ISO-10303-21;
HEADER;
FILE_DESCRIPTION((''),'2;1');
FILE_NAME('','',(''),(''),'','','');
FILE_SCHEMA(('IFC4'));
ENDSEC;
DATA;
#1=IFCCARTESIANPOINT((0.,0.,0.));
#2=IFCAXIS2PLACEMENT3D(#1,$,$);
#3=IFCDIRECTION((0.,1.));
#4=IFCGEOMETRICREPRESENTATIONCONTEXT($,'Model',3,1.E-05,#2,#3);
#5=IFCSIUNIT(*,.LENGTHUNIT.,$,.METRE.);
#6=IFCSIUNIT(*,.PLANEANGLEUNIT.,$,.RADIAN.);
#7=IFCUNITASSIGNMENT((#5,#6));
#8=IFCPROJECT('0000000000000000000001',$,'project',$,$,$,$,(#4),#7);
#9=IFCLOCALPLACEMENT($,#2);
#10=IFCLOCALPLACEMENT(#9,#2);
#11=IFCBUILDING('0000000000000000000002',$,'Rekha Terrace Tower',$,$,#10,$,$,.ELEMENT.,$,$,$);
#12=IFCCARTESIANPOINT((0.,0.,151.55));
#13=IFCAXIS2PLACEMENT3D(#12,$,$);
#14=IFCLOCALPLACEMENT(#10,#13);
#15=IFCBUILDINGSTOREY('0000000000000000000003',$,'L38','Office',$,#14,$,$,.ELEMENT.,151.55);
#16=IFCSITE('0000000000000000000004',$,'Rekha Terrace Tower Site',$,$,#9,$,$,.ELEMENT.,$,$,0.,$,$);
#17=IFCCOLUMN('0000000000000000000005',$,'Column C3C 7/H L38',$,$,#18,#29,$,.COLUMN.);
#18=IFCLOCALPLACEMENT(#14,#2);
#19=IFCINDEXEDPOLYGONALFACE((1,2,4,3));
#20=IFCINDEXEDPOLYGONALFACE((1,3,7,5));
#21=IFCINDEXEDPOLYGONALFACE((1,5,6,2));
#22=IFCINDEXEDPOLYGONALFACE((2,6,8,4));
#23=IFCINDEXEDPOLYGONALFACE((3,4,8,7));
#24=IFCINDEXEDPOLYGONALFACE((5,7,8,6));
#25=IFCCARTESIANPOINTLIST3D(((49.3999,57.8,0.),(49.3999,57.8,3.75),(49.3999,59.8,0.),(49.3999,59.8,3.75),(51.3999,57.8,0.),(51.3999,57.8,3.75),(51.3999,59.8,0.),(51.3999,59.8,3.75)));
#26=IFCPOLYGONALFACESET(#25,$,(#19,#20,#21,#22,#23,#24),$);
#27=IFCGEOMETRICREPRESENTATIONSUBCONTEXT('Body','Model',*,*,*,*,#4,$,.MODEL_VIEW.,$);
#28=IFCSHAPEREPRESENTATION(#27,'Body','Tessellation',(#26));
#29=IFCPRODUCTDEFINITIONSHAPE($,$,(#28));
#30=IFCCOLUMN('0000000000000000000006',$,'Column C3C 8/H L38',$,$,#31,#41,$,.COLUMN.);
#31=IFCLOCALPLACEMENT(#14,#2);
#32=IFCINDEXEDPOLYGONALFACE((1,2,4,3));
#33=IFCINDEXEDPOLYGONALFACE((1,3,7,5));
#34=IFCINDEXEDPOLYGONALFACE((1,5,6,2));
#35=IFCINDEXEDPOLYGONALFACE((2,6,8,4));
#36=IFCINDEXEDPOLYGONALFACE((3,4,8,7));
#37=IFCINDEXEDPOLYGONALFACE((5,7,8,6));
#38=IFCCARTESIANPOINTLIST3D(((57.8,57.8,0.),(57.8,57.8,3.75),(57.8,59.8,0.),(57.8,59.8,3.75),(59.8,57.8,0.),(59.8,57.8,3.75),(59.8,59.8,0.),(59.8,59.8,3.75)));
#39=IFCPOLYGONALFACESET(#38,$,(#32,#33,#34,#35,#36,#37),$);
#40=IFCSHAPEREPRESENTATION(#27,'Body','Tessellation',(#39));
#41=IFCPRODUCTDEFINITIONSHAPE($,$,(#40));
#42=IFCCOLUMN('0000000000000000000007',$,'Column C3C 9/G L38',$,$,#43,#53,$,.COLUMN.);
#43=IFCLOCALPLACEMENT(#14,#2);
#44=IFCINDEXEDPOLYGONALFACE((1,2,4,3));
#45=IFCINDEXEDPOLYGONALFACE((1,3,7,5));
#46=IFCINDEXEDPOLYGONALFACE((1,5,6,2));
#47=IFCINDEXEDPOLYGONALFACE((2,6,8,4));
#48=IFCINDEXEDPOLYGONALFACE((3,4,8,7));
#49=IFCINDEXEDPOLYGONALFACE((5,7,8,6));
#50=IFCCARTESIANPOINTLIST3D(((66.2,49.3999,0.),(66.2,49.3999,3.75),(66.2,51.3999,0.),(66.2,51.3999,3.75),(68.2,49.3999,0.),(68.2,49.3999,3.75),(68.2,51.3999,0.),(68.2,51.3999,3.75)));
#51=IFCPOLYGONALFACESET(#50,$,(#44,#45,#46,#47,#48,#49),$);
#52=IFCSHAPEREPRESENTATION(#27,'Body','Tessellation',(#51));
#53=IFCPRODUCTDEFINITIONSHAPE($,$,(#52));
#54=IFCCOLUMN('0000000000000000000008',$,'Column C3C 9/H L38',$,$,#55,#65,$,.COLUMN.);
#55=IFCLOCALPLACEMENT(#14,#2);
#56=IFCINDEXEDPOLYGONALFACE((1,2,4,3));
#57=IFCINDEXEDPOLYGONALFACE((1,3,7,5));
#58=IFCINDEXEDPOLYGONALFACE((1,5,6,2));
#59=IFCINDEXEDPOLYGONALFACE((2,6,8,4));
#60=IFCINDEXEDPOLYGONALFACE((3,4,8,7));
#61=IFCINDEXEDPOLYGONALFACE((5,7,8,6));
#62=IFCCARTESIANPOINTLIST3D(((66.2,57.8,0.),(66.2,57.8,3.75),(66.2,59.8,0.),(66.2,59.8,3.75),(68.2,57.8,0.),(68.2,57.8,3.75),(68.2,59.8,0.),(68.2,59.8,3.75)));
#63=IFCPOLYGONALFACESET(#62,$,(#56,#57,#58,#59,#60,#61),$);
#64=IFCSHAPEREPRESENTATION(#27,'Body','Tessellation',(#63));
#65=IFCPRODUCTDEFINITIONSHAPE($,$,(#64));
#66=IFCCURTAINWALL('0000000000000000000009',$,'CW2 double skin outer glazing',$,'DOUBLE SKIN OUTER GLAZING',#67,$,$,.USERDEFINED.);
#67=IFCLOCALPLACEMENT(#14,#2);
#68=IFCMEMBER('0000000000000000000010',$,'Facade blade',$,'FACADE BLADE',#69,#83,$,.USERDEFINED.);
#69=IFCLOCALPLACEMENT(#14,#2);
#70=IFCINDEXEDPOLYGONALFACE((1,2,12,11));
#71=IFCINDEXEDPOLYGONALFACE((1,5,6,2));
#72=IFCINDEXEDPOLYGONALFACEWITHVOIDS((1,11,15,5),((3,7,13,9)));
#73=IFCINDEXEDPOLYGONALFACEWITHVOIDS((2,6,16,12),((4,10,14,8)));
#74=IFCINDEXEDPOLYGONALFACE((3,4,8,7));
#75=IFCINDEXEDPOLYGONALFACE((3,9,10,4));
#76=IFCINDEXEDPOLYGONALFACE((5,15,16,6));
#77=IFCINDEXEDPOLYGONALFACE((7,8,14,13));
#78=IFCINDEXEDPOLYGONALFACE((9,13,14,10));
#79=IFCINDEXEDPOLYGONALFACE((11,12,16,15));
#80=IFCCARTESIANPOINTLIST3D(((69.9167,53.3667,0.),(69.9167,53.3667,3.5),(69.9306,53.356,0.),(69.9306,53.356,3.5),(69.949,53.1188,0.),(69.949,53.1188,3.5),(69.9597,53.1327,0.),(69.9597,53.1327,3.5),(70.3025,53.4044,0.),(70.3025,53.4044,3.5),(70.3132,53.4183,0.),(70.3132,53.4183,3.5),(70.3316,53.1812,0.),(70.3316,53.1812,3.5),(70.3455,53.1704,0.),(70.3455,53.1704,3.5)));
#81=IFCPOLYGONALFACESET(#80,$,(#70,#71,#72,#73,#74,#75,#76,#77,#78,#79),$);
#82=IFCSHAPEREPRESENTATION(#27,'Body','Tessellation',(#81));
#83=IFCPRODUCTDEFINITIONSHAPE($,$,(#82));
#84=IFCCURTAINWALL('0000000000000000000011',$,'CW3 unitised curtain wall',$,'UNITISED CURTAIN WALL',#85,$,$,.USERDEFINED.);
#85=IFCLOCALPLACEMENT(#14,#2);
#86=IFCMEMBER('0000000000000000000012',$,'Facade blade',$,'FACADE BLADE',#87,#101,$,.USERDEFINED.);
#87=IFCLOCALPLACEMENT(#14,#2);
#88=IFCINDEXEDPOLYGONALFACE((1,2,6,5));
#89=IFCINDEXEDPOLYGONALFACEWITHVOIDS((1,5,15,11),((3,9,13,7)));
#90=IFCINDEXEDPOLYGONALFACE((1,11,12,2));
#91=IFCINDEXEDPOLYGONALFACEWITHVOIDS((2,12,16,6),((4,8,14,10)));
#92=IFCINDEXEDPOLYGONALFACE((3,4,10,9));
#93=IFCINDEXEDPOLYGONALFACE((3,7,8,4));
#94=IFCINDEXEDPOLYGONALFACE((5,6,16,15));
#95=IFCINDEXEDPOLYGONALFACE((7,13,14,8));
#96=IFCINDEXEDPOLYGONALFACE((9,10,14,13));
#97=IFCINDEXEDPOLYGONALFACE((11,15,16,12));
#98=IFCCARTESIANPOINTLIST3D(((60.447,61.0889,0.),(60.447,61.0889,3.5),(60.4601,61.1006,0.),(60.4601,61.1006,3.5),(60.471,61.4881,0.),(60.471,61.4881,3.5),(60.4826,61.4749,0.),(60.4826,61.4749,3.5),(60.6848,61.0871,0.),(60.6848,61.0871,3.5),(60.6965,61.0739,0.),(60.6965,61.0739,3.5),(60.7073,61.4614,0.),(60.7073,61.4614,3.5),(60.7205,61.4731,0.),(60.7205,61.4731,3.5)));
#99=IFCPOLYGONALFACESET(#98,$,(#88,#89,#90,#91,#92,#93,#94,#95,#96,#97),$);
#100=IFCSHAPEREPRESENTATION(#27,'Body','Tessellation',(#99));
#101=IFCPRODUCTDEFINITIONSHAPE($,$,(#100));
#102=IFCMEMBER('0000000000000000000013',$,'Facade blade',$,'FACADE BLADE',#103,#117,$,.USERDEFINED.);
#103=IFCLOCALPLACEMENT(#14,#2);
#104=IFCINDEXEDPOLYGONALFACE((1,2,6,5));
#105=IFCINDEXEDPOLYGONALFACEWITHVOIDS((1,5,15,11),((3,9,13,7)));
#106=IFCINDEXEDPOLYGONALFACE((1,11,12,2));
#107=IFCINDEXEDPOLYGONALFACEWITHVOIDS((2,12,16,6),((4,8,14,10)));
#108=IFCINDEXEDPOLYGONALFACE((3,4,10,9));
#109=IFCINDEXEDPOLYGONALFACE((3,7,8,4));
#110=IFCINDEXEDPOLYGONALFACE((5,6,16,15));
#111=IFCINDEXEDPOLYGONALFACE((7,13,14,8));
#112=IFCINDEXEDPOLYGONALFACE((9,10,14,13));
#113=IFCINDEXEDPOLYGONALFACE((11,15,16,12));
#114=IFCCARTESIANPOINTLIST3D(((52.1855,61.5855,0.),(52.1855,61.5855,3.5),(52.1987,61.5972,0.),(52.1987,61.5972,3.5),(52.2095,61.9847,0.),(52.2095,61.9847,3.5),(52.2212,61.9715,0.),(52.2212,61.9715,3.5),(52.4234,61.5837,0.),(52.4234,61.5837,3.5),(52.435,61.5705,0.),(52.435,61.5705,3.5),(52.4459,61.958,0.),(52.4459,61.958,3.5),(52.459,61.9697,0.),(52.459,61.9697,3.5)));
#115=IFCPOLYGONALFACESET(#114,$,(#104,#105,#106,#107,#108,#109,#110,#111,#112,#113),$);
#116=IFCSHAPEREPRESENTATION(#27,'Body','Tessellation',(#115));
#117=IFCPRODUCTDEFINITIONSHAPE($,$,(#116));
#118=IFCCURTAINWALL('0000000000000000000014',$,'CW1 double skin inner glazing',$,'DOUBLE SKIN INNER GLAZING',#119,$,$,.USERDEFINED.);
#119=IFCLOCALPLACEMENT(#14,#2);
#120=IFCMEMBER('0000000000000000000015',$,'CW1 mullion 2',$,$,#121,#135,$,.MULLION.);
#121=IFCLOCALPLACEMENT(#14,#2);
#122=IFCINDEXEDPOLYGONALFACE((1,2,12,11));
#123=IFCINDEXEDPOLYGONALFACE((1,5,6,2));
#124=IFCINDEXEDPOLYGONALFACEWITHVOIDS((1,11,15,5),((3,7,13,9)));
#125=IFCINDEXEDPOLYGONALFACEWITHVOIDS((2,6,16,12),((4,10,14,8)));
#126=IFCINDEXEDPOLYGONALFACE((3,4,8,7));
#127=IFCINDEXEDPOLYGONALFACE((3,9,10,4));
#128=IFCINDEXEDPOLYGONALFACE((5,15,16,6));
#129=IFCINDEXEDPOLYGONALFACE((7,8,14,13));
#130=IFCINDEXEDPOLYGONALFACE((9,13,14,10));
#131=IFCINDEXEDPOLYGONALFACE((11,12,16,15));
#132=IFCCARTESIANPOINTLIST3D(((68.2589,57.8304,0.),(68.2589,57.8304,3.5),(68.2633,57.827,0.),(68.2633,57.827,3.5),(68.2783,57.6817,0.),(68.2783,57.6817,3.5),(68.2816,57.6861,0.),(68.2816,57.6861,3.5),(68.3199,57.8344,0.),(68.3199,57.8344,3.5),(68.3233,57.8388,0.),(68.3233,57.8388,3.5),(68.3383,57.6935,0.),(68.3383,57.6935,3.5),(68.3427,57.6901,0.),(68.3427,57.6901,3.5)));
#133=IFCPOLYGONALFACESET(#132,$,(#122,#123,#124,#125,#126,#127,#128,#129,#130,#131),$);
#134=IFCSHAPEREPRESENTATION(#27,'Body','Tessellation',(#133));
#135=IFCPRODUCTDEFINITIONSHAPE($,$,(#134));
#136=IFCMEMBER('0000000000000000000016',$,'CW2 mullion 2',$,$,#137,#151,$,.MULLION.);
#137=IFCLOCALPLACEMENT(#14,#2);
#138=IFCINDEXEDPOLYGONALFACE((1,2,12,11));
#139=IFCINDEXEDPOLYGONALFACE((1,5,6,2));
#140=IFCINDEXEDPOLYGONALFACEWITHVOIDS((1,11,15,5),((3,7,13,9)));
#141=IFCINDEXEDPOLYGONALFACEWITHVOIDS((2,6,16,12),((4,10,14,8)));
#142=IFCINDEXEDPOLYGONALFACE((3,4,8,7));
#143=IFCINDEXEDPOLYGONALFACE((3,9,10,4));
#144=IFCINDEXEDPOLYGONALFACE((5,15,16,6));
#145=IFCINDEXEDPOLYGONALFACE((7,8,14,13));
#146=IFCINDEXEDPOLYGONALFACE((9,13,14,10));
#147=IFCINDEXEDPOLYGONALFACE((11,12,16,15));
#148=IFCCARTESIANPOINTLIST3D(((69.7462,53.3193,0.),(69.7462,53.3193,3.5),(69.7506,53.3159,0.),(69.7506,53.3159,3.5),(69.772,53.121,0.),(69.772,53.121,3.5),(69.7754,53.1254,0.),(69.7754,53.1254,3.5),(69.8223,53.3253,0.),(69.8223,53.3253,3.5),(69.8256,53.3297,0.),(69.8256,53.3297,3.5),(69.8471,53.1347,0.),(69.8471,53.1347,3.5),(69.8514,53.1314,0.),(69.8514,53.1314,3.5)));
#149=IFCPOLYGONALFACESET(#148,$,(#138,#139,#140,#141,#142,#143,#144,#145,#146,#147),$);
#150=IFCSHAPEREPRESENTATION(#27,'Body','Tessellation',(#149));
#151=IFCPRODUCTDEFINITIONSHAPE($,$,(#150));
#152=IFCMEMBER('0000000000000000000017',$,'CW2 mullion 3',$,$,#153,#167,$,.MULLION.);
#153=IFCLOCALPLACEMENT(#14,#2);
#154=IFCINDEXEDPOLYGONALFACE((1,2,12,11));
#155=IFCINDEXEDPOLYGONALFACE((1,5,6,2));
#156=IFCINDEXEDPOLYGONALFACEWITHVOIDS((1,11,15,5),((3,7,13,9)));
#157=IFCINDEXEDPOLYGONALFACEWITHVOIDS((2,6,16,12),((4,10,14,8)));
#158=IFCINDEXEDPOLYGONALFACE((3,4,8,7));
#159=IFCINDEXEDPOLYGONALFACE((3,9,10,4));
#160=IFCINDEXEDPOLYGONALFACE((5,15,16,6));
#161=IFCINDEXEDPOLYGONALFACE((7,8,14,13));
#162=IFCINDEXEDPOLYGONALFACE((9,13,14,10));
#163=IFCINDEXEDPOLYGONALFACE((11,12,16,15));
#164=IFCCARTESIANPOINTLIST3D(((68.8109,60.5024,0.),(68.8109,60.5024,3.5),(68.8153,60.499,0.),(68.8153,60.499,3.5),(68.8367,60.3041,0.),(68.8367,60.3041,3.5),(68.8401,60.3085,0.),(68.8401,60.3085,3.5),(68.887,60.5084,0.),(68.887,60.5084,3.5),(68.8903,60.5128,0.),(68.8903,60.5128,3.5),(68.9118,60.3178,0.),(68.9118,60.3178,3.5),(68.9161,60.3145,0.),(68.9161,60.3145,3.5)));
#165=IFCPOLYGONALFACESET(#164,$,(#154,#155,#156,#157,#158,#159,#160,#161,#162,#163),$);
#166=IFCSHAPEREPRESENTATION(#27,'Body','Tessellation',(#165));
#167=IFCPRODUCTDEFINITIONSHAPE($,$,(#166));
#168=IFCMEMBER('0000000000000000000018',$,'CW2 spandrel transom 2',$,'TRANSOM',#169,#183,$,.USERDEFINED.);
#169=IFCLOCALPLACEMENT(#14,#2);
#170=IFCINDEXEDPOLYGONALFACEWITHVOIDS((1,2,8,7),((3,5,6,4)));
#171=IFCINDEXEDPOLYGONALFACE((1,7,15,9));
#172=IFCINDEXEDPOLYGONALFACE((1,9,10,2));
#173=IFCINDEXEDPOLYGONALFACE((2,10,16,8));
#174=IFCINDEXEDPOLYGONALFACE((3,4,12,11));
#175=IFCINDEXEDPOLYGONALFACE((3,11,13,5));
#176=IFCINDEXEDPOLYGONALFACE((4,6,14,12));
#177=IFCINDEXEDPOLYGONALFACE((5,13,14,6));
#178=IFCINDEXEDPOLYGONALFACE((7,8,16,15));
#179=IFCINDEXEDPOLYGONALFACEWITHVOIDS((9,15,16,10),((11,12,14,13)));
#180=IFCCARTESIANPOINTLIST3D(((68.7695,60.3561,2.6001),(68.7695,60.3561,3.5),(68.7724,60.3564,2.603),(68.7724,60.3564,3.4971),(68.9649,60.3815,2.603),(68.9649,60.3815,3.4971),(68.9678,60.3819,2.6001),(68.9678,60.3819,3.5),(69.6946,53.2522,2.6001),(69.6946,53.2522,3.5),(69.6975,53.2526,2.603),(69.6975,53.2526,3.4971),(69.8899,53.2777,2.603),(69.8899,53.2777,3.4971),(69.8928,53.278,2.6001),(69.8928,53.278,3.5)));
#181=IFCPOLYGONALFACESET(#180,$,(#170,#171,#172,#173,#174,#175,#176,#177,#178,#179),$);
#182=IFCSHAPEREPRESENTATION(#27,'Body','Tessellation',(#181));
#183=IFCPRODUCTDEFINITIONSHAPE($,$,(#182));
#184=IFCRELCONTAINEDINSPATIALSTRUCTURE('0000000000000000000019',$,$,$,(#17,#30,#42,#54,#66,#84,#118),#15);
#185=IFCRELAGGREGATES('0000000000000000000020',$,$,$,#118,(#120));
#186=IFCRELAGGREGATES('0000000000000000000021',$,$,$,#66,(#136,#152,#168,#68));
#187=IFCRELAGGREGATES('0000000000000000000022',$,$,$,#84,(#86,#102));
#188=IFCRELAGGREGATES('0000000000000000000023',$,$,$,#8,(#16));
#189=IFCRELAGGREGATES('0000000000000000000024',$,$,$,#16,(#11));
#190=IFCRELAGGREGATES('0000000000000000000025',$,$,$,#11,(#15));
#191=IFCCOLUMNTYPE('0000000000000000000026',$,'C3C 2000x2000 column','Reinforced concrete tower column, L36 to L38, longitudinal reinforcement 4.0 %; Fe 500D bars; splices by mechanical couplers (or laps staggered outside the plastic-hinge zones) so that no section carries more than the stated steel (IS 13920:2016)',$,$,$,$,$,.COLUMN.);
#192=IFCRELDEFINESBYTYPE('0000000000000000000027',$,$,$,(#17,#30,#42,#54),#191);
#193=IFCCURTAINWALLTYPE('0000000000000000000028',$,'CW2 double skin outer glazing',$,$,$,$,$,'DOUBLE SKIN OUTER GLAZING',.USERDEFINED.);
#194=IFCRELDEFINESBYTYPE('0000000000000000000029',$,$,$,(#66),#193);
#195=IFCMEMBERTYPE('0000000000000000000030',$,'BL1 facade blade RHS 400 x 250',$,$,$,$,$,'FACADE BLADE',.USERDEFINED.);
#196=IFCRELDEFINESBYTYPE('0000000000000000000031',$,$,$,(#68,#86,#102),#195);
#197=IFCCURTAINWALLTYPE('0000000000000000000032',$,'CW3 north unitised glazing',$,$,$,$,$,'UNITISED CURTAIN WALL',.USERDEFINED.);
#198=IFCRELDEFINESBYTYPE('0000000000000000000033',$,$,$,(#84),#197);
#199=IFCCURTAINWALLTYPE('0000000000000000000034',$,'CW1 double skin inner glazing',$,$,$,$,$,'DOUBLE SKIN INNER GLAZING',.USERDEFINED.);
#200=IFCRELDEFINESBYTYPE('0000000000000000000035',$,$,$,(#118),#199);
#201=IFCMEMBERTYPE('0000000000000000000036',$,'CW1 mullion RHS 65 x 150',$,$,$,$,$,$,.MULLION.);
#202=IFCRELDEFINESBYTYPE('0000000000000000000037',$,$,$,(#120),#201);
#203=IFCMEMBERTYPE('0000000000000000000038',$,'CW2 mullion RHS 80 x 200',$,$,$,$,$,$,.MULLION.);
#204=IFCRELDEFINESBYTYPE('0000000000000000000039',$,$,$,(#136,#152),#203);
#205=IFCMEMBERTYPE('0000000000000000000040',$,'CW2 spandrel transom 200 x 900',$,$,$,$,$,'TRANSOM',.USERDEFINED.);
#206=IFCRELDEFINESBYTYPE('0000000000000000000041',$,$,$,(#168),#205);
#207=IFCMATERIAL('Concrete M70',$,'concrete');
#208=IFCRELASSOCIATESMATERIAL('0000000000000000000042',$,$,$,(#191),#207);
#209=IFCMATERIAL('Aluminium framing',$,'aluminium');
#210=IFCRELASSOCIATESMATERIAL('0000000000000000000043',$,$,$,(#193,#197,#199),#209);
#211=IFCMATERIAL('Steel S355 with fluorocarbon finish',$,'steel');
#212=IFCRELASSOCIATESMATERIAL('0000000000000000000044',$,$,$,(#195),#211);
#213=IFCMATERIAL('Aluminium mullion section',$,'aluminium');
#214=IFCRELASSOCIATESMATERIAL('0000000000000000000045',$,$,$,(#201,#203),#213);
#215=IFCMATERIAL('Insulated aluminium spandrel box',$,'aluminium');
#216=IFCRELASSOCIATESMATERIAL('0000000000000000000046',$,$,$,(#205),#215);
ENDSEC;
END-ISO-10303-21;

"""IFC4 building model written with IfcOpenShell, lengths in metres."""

from ifc_helpers import new_model, si_unit, direction, frame, origin, origin_2d, place, context, subcontext, project, spatial, rectangle, hollow_rectangle, extrude, material, material_profile, profile_set, type_object, element, aggregate, save


model = new_model("IFC4")

# Units and contexts
model_context = context("Model", 3, precision=1e-05, world=origin(), true_north=direction((0.0, 1.0)))
body_context = subcontext(model_context, "Body", "Model", "MODEL_VIEW")
ifc_project = project(units=[si_unit("LENGTHUNIT", "METRE"), si_unit("PLANEANGLEUNIT", "RADIAN")], contexts=[model_context])

# Site, building, storey
site_placement = place(None, origin())
site = spatial("IfcSite", under=ifc_project, at=site_placement, Name="Rekha Terrace Tower Site", CompositionType="ELEMENT", RefElevation=0.0)
building_placement = place(site_placement, origin())
building = spatial("IfcBuilding", under=site, at=building_placement, Name="Rekha Terrace Tower", CompositionType="ELEMENT")
storey_placement = place(building_placement, frame((0.0, 0.0, 151.55)))
storey = spatial("IfcBuildingStorey", under=building, at=storey_placement, Name="L38", Description="Office", CompositionType="ELEMENT", Elevation=151.55)

# Columns
ifc_material_1 = material(Name="Concrete M70", Category="concrete")
ifc_material_profile_1 = material_profile(ifc_material_1, rectangle(XDim=2.0, YDim=2.0, at=origin_2d()), Name="RC 2000x2000")
ifc_profile_set_1 = profile_set([ifc_material_profile_1], Name="Concrete M70")
column_type = type_object("IfcColumnType", Name="C3C 2000x2000 column", Description="Reinforced concrete tower column, L36 to L38, longitudinal reinforcement 4.0 %; Fe 500D bars; splices by mechanical couplers (or laps staggered outside the plastic-hinge zones) so that no section carries more than the stated steel (IS 13920:2016)", PredefinedType="COLUMN", material=ifc_profile_set_1)
for number, where, z_axis, x_axis, name in (
    (1, (50.3999, 58.8, 0.0), (0.0, 0.0, 1.0), (1.0, 0.0, 0.0), "Column C3C 7/H L38"),
    (2, (58.8, 58.8, 0.0), (0.0, 0.0, 1.0), (1.0, 0.0, 0.0), "Column C3C 8/H L38"),
    (3, (67.2, 50.3999, 0.0), (0.0, 0.0, 1.0), (1.0, 0.0, 0.0), "Column C3C 9/G L38"),
    (4, (67.2, 58.8, 0.0), (0.0, 0.0, 1.0), (1.0, 0.0, 0.0), "Column C3C 9/H L38"),
):
    element("IfcColumn", number, at=place(storey_placement, frame(where, z_axis=z_axis, x_axis=x_axis)), inside=storey, type_object=column_type, Name=name, PredefinedType="COLUMN", context=body_context, shape_type="SweptSolid", body=[
        extrude(rectangle(XDim=2.0, YDim=2.0, at=origin_2d()), origin(), (0.0, 0.0, 1.0), 3.75),
    ])

# Curtain wall, member
ifc_material_2 = material(Name="Aluminium framing", Category="aluminium")
curtain_wall_type_1 = type_object("IfcCurtainWallType", Name="CW2 double skin outer glazing", ElementType="DOUBLE SKIN OUTER GLAZING", PredefinedType="USERDEFINED", material=ifc_material_2)
curtain_wall_1_placement = place(storey_placement, origin())
curtain_wall_1 = element("IfcCurtainWall", 5, at=curtain_wall_1_placement, inside=storey, type_object=curtain_wall_type_1, Name="CW2 double skin outer glazing", ObjectType="DOUBLE SKIN OUTER GLAZING", PredefinedType="USERDEFINED")
ifc_material_3 = material(Name="Steel S355 with fluorocarbon finish", Category="steel")
ifc_material_profile_2 = material_profile(ifc_material_3, hollow_rectangle(XDim=0.25, YDim=0.3999, WallThickness=0.0125, at=origin_2d()), Name="RHS400x250x12.5")
ifc_profile_set_2 = profile_set([ifc_material_profile_2], Name="Steel S355 with fluorocarbon finish")
member_type_1 = type_object("IfcMemberType", Name="BL1 facade blade RHS 400 x 250", ElementType="FACADE BLADE", PredefinedType="USERDEFINED", material=ifc_profile_set_2)
member_1_placement = place(storey_placement, frame((70.1311, 53.2686, 0.0), z_axis=(0.0, 0.0, 1.0), x_axis=(-0.129119, 0.991629, 0.0)))
member_1 = element("IfcMember", 6, at=member_1_placement, type_object=member_type_1, Name="Facade blade", ObjectType="FACADE BLADE", PredefinedType="USERDEFINED", context=body_context, shape_type="SweptSolid", body=[
    extrude(hollow_rectangle(XDim=0.25, YDim=0.3999, WallThickness=0.0125, at=origin_2d()), origin(), (0.0, 0.0, 1.0), 3.5),
])

# Curtain wall, members
curtain_wall_type_2 = type_object("IfcCurtainWallType", Name="CW3 north unitised glazing", ElementType="UNITISED CURTAIN WALL", PredefinedType="USERDEFINED", material=ifc_material_2)
curtain_wall_2_placement = place(storey_placement, origin())
curtain_wall_2 = element("IfcCurtainWall", 7, at=curtain_wall_2_placement, inside=storey, type_object=curtain_wall_type_2, Name="CW3 unitised curtain wall", ObjectType="UNITISED CURTAIN WALL", PredefinedType="USERDEFINED")
member_2_placement = place(storey_placement, frame((60.5837, 61.281, 0.0), z_axis=(0.0, 0.0, 1.0), x_axis=(-0.998199, 0.059988, 0.0)))
member_2 = element("IfcMember", 8, at=member_2_placement, type_object=member_type_1, Name="Facade blade", ObjectType="FACADE BLADE", PredefinedType="USERDEFINED", context=body_context, shape_type="SweptSolid", body=[
    extrude(hollow_rectangle(XDim=0.25, YDim=0.3999, WallThickness=0.0125, at=origin_2d()), origin(), (0.0, 0.0, 1.0), 3.5),
])
member_3_placement = place(storey_placement, frame((52.3223, 61.7776, 0.0), z_axis=(0.0, 0.0, 1.0), x_axis=(-0.998199, 0.059988, 0.0)))
member_3 = element("IfcMember", 9, at=member_3_placement, type_object=member_type_1, Name="Facade blade", ObjectType="FACADE BLADE", PredefinedType="USERDEFINED", context=body_context, shape_type="SweptSolid", body=[
    extrude(hollow_rectangle(XDim=0.25, YDim=0.3999, WallThickness=0.0125, at=origin_2d()), origin(), (0.0, 0.0, 1.0), 3.5),
])

# Curtain wall, member
curtain_wall_type_3 = type_object("IfcCurtainWallType", Name="CW1 double skin inner glazing", ElementType="DOUBLE SKIN INNER GLAZING", PredefinedType="USERDEFINED", material=ifc_material_2)
curtain_wall_3_placement = place(storey_placement, origin())
curtain_wall_3 = element("IfcCurtainWall", 10, at=curtain_wall_3_placement, inside=storey, type_object=curtain_wall_type_3, Name="CW1 double skin inner glazing", ObjectType="DOUBLE SKIN INNER GLAZING", PredefinedType="USERDEFINED")
ifc_material_4 = material(Name="Aluminium mullion section", Category="aluminium")
ifc_material_profile_3 = material_profile(ifc_material_4, hollow_rectangle(XDim=0.0649, YDim=0.1499, WallThickness=0.0039, at=origin_2d()), Name="AL RHS 65x150")
ifc_profile_set_3 = profile_set([ifc_material_profile_3], Name="Aluminium mullion section")
member_type_2 = type_object("IfcMemberType", Name="CW1 mullion RHS 65 x 150", PredefinedType="MULLION", material=ifc_profile_set_3)
member_4_placement = place(storey_placement, frame((68.3008, 57.7603, 0.0), z_axis=(0.0, 0.0, 1.0), x_axis=(-0.991629, -0.129118, 0.0)))
member_4 = element("IfcMember", 11, at=member_4_placement, type_object=member_type_2, Name="CW1 mullion 2", PredefinedType="MULLION", context=body_context, shape_type="SweptSolid", body=[
    extrude(hollow_rectangle(XDim=0.0649, YDim=0.1499, WallThickness=0.0039, at=origin_2d()), origin(), (0.0, 0.0, 1.0), 3.5),
])

# Members
ifc_material_profile_4 = material_profile(ifc_material_4, hollow_rectangle(XDim=0.0801, YDim=0.2, WallThickness=0.0039, at=origin_2d()), Name="AL RHS 80x200")
ifc_profile_set_4 = profile_set([ifc_material_profile_4], Name="Aluminium mullion section")
member_type_3 = type_object("IfcMemberType", Name="CW2 mullion RHS 80 x 200", PredefinedType="MULLION", material=ifc_profile_set_4)
member_5_placement = place(storey_placement, frame((69.7988, 53.2253, 0.0), z_axis=(0.0, 0.0, 1.0), x_axis=(-0.991629, -0.129118, 0.0)))
member_5 = element("IfcMember", 12, at=member_5_placement, type_object=member_type_3, Name="CW2 mullion 2", PredefinedType="MULLION", context=body_context, shape_type="SweptSolid", body=[
    extrude(hollow_rectangle(XDim=0.0801, YDim=0.2, WallThickness=0.0039, at=origin_2d()), origin(), (0.0, 0.0, 1.0), 3.5),
])
member_6_placement = place(storey_placement, frame((68.8635, 60.4084, 0.0), z_axis=(0.0, 0.0, 1.0), x_axis=(-0.991629, -0.129118, 0.0)))
member_6 = element("IfcMember", 13, at=member_6_placement, type_object=member_type_3, Name="CW2 mullion 3", PredefinedType="MULLION", context=body_context, shape_type="SweptSolid", body=[
    extrude(hollow_rectangle(XDim=0.0801, YDim=0.2, WallThickness=0.0039, at=origin_2d()), origin(), (0.0, 0.0, 1.0), 3.5),
])
ifc_material_5 = material(Name="Insulated aluminium spandrel box", Category="aluminium")
ifc_material_profile_5 = material_profile(ifc_material_5, hollow_rectangle(XDim=0.2, YDim=0.8999, WallThickness=0.0029, at=origin_2d()), Name="AL SPANDREL BOX 200x900")
ifc_profile_set_5 = profile_set([ifc_material_profile_5], Name="Insulated aluminium spandrel box")
member_type_4 = type_object("IfcMemberType", Name="CW2 spandrel transom 200 x 900", ElementType="TRANSOM", PredefinedType="USERDEFINED", material=ifc_profile_set_5)
member_7_placement = place(storey_placement, frame((69.7937, 53.2651, 3.05), z_axis=(-0.129129, 0.991628, 0.0), x_axis=(-0.991628, -0.129129, 0.0)))
member_7 = element("IfcMember", 14, at=member_7_placement, type_object=member_type_4, Name="CW2 spandrel transom 2", ObjectType="TRANSOM", PredefinedType="USERDEFINED", context=body_context, shape_type="SweptSolid", body=[
    extrude(hollow_rectangle(XDim=0.2, YDim=0.8999, WallThickness=0.0029, at=origin_2d()), origin(), (0.0, 0.0, 1.0), 7.1638),
])

aggregate(curtain_wall_3, [member_4])
aggregate(curtain_wall_1, [member_5, member_6, member_7, member_1])
aggregate(curtain_wall_2, [member_2, member_3])

save(model, "model.ifc")
